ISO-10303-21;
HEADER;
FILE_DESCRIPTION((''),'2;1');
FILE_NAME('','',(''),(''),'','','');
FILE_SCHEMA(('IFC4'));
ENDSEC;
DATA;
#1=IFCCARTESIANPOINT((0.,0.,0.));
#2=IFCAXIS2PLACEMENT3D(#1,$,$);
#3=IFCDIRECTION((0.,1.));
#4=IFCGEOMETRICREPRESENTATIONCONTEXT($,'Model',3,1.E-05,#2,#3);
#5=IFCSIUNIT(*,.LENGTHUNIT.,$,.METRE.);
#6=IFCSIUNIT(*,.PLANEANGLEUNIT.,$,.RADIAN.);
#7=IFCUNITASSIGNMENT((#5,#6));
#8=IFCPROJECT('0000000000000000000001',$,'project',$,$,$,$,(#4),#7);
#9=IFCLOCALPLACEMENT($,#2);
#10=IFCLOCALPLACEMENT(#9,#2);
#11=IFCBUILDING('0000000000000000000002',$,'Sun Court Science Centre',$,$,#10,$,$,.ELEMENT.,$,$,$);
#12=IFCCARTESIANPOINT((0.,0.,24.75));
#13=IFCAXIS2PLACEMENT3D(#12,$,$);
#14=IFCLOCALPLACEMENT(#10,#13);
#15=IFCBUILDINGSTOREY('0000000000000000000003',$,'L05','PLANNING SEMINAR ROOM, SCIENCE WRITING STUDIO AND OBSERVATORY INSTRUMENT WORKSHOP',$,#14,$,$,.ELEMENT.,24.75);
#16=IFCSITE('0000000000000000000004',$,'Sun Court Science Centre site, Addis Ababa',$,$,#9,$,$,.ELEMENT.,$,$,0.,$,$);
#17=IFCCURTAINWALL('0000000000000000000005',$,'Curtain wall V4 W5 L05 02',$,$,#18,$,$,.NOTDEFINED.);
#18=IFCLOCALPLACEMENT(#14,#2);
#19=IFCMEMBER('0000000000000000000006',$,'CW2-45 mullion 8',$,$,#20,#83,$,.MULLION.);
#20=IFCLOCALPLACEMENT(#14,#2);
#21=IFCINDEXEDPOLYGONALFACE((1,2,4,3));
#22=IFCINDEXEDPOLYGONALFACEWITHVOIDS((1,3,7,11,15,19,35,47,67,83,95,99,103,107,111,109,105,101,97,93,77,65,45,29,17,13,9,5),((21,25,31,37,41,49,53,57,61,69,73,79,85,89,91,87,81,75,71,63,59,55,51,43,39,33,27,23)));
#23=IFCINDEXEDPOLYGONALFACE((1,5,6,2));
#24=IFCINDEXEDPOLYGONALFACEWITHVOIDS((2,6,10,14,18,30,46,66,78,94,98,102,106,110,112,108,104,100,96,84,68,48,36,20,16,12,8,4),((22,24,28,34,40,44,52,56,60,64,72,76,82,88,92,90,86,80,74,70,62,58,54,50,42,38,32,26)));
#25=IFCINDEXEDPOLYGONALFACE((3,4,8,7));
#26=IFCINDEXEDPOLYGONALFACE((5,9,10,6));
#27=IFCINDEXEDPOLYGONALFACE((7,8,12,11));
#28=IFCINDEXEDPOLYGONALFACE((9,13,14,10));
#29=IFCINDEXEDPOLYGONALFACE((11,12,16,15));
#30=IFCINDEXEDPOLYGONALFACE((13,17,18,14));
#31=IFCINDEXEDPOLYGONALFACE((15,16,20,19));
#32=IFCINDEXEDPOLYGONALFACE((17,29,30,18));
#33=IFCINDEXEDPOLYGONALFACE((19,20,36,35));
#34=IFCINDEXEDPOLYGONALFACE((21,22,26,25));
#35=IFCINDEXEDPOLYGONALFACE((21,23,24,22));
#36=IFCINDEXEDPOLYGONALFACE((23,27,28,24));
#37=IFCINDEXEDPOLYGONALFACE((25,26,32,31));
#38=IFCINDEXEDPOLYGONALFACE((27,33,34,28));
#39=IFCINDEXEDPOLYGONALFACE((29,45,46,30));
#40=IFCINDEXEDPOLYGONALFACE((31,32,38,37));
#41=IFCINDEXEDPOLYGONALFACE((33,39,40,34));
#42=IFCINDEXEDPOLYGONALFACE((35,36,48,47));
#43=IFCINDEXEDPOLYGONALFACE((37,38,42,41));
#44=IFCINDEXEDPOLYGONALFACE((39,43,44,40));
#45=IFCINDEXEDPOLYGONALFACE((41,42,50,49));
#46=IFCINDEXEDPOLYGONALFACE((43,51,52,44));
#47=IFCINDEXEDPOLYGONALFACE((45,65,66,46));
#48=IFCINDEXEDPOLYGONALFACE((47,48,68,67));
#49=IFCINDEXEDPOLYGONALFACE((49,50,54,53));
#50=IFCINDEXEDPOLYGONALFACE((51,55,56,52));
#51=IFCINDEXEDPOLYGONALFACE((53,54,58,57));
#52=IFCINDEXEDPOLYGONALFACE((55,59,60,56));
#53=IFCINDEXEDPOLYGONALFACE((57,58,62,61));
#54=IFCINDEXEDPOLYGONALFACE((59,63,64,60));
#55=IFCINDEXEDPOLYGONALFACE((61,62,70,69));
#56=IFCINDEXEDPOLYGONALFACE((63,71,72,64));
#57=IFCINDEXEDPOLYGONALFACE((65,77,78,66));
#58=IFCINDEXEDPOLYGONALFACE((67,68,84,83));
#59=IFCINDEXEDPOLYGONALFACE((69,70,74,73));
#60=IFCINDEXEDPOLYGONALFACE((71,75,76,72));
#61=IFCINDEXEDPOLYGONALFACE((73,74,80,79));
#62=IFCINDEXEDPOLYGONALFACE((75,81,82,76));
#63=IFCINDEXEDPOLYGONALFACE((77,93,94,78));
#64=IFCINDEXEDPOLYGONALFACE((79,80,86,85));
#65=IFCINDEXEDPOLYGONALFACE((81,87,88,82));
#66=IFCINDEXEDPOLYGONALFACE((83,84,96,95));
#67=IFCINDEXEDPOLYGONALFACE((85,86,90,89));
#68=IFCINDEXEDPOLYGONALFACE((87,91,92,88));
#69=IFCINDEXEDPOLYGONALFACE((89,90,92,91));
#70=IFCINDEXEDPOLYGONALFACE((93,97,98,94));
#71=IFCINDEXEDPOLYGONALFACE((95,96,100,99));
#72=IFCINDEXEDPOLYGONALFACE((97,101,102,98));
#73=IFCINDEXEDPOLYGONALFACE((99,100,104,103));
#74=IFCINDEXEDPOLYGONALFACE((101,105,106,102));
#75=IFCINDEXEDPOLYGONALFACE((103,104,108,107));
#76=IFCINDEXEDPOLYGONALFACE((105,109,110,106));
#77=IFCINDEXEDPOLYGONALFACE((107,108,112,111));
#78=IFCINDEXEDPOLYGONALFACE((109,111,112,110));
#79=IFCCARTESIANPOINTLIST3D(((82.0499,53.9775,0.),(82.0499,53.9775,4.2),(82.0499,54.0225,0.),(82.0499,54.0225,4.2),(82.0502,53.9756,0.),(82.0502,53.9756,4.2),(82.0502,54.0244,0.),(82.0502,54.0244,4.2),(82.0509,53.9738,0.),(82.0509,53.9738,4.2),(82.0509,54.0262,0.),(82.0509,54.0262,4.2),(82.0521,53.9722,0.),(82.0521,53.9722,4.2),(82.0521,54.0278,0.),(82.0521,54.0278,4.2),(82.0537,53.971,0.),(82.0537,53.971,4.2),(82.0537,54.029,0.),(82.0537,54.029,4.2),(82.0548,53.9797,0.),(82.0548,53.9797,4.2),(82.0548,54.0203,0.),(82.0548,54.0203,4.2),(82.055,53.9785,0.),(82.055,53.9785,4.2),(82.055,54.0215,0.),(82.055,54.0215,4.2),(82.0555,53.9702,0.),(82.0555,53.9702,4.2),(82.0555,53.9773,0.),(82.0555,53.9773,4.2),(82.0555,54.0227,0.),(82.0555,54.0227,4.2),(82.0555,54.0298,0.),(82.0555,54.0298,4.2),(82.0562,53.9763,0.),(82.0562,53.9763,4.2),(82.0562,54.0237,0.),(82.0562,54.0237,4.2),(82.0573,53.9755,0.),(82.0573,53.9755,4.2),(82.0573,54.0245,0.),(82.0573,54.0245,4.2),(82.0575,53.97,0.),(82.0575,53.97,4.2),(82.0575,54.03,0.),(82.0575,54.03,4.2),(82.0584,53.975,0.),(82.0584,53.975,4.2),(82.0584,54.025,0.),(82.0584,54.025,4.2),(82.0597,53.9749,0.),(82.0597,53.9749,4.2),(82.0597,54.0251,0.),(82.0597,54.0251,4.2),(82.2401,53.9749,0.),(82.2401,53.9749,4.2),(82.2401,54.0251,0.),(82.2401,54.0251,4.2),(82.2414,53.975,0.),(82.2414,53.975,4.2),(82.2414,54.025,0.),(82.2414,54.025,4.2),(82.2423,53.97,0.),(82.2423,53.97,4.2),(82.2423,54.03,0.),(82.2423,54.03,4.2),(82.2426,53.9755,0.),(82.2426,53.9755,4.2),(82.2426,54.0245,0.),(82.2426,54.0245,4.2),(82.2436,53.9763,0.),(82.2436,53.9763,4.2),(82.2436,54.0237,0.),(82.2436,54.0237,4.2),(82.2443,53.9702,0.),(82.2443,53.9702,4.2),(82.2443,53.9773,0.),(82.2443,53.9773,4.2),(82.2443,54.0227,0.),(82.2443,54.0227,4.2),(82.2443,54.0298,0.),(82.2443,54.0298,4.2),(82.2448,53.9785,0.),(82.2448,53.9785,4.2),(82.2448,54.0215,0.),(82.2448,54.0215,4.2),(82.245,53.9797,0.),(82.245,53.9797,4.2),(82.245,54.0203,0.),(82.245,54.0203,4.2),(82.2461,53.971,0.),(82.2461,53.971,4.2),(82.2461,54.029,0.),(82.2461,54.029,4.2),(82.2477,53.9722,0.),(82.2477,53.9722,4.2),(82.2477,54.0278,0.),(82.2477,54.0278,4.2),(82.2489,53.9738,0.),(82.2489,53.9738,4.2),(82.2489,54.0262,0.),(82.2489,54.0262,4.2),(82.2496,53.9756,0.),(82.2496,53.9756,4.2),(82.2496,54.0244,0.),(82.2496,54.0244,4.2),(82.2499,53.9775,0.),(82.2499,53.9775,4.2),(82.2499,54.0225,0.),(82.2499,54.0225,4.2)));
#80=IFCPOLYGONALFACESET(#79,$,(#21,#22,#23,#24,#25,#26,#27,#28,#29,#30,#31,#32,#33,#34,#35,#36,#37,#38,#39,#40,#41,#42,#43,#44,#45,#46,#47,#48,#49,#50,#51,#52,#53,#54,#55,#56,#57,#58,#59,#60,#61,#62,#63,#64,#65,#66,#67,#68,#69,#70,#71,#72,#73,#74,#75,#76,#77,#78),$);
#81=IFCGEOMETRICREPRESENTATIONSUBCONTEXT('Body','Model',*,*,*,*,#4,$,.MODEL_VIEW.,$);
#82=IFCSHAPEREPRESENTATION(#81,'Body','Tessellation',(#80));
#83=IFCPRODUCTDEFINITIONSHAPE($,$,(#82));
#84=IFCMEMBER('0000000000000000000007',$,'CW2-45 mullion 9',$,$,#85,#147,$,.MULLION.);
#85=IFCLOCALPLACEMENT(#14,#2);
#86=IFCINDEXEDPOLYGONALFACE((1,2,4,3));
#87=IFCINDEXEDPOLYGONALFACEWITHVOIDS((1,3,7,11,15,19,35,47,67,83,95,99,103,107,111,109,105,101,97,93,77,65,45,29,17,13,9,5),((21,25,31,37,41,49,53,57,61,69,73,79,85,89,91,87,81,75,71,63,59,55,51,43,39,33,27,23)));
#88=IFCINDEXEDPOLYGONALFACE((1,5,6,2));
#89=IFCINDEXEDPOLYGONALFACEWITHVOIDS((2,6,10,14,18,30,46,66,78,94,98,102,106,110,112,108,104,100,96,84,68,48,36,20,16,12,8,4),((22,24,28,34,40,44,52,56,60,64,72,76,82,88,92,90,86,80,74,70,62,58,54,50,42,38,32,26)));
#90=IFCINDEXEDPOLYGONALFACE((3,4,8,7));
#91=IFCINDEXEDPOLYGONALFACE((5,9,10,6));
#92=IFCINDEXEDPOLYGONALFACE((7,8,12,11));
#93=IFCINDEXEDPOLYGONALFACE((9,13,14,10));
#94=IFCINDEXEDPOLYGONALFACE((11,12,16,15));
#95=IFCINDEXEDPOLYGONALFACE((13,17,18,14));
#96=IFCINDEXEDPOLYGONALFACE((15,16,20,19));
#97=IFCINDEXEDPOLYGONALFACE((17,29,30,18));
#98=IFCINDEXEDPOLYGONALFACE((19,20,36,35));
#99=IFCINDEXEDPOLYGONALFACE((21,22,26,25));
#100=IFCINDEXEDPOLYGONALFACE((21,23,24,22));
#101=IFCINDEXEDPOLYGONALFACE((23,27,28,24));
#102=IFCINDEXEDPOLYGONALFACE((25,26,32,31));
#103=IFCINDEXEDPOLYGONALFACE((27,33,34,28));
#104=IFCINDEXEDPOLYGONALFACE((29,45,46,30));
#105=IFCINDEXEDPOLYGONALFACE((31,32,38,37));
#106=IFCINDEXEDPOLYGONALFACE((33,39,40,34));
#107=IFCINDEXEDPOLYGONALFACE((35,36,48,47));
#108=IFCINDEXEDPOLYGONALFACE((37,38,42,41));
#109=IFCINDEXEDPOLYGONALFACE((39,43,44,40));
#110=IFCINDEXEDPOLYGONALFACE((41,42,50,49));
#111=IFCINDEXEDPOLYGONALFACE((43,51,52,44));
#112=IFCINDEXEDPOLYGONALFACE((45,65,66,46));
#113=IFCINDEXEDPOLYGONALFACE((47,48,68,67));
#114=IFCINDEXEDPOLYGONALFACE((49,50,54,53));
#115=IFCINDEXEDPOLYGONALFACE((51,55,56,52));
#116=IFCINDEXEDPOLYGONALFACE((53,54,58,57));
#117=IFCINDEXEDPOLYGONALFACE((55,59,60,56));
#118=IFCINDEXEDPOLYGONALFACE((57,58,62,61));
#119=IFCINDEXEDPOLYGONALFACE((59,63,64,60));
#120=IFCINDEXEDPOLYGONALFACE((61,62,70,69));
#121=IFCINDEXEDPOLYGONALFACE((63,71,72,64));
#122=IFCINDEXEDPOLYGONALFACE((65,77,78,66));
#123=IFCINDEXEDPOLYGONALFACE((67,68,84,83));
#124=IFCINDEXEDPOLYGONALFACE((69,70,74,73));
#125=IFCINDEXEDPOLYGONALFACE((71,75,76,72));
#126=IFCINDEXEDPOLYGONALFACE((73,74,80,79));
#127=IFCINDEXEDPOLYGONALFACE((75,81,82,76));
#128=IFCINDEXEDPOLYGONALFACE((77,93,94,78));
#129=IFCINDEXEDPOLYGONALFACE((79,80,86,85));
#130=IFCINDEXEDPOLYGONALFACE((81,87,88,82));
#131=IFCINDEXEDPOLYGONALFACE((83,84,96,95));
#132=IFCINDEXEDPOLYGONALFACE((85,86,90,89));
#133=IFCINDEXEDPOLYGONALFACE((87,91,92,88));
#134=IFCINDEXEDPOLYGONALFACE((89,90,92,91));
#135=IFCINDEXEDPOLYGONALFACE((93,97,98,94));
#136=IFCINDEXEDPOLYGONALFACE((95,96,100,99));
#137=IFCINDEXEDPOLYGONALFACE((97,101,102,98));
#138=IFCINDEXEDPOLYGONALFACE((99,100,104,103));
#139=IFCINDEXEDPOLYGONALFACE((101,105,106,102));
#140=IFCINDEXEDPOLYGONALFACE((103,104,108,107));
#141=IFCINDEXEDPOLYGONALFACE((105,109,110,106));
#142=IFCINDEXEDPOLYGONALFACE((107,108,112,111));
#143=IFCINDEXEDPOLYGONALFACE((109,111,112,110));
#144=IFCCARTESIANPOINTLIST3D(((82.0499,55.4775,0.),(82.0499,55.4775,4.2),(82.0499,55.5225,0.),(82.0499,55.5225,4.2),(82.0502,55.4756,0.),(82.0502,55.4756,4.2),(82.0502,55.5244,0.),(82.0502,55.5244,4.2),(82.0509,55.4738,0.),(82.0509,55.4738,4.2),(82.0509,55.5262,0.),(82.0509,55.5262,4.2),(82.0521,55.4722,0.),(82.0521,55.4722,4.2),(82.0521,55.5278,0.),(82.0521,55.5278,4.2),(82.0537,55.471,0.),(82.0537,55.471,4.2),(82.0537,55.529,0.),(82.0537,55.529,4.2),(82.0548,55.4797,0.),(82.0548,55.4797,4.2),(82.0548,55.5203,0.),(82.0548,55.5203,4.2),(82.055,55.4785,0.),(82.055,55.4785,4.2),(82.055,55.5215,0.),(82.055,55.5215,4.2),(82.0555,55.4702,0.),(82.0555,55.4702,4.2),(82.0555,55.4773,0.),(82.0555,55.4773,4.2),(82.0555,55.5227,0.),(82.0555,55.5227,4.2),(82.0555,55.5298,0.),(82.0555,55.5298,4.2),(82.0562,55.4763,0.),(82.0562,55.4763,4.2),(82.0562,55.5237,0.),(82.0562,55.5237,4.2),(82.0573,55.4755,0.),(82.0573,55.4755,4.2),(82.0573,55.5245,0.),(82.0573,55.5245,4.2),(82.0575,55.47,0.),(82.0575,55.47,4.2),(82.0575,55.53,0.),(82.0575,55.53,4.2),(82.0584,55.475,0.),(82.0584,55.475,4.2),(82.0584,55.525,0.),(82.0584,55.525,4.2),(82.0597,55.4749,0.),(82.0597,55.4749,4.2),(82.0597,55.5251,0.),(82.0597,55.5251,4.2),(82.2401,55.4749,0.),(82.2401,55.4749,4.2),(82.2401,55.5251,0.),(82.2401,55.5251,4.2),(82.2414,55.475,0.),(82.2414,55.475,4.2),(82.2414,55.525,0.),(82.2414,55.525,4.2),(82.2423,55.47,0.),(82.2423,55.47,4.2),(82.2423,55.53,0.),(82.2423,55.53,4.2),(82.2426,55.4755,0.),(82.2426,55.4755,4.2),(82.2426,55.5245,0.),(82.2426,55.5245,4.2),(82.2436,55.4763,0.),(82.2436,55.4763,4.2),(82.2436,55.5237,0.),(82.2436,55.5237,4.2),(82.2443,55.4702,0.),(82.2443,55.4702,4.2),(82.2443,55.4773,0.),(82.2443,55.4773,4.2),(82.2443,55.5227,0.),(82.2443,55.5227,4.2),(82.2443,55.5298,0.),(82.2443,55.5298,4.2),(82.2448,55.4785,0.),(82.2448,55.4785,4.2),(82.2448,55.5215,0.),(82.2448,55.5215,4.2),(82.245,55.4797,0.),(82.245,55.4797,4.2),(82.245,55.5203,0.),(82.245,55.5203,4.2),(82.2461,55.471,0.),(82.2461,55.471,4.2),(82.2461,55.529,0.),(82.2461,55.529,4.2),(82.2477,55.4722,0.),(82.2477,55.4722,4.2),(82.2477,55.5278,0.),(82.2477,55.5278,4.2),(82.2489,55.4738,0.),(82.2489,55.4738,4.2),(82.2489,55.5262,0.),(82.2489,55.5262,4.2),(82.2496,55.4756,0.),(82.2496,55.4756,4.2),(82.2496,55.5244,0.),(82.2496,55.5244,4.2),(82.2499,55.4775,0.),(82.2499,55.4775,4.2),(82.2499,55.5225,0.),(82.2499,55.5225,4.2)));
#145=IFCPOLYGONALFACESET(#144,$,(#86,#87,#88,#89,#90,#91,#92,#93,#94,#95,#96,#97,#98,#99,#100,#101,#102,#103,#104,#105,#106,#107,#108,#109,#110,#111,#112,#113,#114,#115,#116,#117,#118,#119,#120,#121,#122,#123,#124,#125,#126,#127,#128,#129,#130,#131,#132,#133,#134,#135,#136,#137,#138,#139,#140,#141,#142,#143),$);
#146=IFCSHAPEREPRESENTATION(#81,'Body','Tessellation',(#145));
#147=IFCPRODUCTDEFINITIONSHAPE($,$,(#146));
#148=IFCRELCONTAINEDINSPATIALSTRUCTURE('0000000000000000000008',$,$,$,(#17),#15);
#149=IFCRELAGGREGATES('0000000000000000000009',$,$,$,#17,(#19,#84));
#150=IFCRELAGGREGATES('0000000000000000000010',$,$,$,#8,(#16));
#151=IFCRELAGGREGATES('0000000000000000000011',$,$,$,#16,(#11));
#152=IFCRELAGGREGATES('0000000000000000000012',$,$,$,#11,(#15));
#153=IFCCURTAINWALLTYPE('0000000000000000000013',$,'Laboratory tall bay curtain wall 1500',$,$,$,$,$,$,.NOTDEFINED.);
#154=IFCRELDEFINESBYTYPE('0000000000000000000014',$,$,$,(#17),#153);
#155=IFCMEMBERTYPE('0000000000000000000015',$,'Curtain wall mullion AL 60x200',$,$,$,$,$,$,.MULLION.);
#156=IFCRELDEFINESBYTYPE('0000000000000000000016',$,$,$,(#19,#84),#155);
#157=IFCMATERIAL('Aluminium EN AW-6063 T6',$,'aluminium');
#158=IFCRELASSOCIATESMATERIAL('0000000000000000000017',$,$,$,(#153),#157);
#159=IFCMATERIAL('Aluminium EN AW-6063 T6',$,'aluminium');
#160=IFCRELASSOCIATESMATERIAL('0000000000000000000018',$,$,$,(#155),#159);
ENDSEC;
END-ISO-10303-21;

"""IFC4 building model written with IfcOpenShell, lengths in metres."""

from ifc_helpers import new_model, si_unit, direction, frame, origin, origin_2d, place, context, subcontext, project, spatial, hollow_rectangle, extrude, material, material_profile, profile_set, type_object, element, aggregate, save


model = new_model("IFC4")

# Units and contexts
model_context = context("Model", 3, precision=1e-05, world=origin(), true_north=direction((0.0, 1.0)))
body_context = subcontext(model_context, "Body", "Model", "MODEL_VIEW")
ifc_project = project(units=[si_unit("LENGTHUNIT", "METRE"), si_unit("PLANEANGLEUNIT", "RADIAN")], contexts=[model_context])

# Site, building, storey
site_placement = place(None, origin())
site = spatial("IfcSite", under=ifc_project, at=site_placement, Name="Sun Court Science Centre site, Addis Ababa", CompositionType="ELEMENT", RefElevation=0.0)
building_placement = place(site_placement, origin())
building = spatial("IfcBuilding", under=site, at=building_placement, Name="Sun Court Science Centre", CompositionType="ELEMENT")
storey_placement = place(building_placement, frame((0.0, 0.0, 24.75)))
storey = spatial("IfcBuildingStorey", under=building, at=storey_placement, Name="L05", Description="PLANNING SEMINAR ROOM, SCIENCE WRITING STUDIO AND OBSERVATORY INSTRUMENT WORKSHOP", CompositionType="ELEMENT", Elevation=24.75)

# Curtain wall, members
ifc_material_1 = material(Name="Aluminium EN AW-6063 T6", Category="aluminium")
curtain_wall_type = type_object("IfcCurtainWallType", Name="Laboratory tall bay curtain wall 1500", PredefinedType="NOTDEFINED", material=ifc_material_1)
curtain_wall_placement = place(storey_placement, origin())
curtain_wall = element("IfcCurtainWall", 1, at=curtain_wall_placement, inside=storey, type_object=curtain_wall_type, Name="Curtain wall V4 W5 L05 02", PredefinedType="NOTDEFINED")
ifc_material_2 = material(Name="Aluminium EN AW-6063 T6", Category="aluminium")
ifc_material_profile_1 = material_profile(ifc_material_2, hollow_rectangle(XDim=0.0601, YDim=0.2, WallThickness=0.0049, InnerFilletRadius=0.0049, OuterFilletRadius=0.0076, at=origin_2d()), Name="AL 60x200x5")
ifc_profile_set_1 = profile_set([ifc_material_profile_1], Name="Aluminium EN AW-6063 T6")
member_type_1 = type_object("IfcMemberType", Name="Curtain wall mullion AL 60x200", PredefinedType="MULLION", material=ifc_profile_set_1)
member_1_placement = place(storey_placement, frame((82.1499, 54.0, 0.0), z_axis=(0.0, 0.0, 1.0), x_axis=(0.0, 1.0, 0.0)))
member_1 = element("IfcMember", 2, at=member_1_placement, type_object=member_type_1, Name="CW2-45 mullion 8", PredefinedType="MULLION", context=body_context, shape_type="SweptSolid", body=[
    extrude(hollow_rectangle(XDim=0.0601, YDim=0.2, WallThickness=0.0049, InnerFilletRadius=0.0049, OuterFilletRadius=0.0076, at=origin_2d()), origin(), (0.0, 0.0, 1.0), 4.2),
])
member_2_placement = place(storey_placement, frame((82.1499, 55.5, 0.0), z_axis=(0.0, 0.0, 1.0), x_axis=(0.0, 1.0, 0.0)))
member_2 = element("IfcMember", 3, at=member_2_placement, type_object=member_type_1, Name="CW2-45 mullion 9", PredefinedType="MULLION", context=body_context, shape_type="SweptSolid", body=[
    extrude(hollow_rectangle(XDim=0.0601, YDim=0.2, WallThickness=0.0049, InnerFilletRadius=0.0049, OuterFilletRadius=0.0076, at=origin_2d()), origin(), (0.0, 0.0, 1.0), 4.2),
])

aggregate(curtain_wall, [member_1, member_2])

save(model, "model.ifc")
